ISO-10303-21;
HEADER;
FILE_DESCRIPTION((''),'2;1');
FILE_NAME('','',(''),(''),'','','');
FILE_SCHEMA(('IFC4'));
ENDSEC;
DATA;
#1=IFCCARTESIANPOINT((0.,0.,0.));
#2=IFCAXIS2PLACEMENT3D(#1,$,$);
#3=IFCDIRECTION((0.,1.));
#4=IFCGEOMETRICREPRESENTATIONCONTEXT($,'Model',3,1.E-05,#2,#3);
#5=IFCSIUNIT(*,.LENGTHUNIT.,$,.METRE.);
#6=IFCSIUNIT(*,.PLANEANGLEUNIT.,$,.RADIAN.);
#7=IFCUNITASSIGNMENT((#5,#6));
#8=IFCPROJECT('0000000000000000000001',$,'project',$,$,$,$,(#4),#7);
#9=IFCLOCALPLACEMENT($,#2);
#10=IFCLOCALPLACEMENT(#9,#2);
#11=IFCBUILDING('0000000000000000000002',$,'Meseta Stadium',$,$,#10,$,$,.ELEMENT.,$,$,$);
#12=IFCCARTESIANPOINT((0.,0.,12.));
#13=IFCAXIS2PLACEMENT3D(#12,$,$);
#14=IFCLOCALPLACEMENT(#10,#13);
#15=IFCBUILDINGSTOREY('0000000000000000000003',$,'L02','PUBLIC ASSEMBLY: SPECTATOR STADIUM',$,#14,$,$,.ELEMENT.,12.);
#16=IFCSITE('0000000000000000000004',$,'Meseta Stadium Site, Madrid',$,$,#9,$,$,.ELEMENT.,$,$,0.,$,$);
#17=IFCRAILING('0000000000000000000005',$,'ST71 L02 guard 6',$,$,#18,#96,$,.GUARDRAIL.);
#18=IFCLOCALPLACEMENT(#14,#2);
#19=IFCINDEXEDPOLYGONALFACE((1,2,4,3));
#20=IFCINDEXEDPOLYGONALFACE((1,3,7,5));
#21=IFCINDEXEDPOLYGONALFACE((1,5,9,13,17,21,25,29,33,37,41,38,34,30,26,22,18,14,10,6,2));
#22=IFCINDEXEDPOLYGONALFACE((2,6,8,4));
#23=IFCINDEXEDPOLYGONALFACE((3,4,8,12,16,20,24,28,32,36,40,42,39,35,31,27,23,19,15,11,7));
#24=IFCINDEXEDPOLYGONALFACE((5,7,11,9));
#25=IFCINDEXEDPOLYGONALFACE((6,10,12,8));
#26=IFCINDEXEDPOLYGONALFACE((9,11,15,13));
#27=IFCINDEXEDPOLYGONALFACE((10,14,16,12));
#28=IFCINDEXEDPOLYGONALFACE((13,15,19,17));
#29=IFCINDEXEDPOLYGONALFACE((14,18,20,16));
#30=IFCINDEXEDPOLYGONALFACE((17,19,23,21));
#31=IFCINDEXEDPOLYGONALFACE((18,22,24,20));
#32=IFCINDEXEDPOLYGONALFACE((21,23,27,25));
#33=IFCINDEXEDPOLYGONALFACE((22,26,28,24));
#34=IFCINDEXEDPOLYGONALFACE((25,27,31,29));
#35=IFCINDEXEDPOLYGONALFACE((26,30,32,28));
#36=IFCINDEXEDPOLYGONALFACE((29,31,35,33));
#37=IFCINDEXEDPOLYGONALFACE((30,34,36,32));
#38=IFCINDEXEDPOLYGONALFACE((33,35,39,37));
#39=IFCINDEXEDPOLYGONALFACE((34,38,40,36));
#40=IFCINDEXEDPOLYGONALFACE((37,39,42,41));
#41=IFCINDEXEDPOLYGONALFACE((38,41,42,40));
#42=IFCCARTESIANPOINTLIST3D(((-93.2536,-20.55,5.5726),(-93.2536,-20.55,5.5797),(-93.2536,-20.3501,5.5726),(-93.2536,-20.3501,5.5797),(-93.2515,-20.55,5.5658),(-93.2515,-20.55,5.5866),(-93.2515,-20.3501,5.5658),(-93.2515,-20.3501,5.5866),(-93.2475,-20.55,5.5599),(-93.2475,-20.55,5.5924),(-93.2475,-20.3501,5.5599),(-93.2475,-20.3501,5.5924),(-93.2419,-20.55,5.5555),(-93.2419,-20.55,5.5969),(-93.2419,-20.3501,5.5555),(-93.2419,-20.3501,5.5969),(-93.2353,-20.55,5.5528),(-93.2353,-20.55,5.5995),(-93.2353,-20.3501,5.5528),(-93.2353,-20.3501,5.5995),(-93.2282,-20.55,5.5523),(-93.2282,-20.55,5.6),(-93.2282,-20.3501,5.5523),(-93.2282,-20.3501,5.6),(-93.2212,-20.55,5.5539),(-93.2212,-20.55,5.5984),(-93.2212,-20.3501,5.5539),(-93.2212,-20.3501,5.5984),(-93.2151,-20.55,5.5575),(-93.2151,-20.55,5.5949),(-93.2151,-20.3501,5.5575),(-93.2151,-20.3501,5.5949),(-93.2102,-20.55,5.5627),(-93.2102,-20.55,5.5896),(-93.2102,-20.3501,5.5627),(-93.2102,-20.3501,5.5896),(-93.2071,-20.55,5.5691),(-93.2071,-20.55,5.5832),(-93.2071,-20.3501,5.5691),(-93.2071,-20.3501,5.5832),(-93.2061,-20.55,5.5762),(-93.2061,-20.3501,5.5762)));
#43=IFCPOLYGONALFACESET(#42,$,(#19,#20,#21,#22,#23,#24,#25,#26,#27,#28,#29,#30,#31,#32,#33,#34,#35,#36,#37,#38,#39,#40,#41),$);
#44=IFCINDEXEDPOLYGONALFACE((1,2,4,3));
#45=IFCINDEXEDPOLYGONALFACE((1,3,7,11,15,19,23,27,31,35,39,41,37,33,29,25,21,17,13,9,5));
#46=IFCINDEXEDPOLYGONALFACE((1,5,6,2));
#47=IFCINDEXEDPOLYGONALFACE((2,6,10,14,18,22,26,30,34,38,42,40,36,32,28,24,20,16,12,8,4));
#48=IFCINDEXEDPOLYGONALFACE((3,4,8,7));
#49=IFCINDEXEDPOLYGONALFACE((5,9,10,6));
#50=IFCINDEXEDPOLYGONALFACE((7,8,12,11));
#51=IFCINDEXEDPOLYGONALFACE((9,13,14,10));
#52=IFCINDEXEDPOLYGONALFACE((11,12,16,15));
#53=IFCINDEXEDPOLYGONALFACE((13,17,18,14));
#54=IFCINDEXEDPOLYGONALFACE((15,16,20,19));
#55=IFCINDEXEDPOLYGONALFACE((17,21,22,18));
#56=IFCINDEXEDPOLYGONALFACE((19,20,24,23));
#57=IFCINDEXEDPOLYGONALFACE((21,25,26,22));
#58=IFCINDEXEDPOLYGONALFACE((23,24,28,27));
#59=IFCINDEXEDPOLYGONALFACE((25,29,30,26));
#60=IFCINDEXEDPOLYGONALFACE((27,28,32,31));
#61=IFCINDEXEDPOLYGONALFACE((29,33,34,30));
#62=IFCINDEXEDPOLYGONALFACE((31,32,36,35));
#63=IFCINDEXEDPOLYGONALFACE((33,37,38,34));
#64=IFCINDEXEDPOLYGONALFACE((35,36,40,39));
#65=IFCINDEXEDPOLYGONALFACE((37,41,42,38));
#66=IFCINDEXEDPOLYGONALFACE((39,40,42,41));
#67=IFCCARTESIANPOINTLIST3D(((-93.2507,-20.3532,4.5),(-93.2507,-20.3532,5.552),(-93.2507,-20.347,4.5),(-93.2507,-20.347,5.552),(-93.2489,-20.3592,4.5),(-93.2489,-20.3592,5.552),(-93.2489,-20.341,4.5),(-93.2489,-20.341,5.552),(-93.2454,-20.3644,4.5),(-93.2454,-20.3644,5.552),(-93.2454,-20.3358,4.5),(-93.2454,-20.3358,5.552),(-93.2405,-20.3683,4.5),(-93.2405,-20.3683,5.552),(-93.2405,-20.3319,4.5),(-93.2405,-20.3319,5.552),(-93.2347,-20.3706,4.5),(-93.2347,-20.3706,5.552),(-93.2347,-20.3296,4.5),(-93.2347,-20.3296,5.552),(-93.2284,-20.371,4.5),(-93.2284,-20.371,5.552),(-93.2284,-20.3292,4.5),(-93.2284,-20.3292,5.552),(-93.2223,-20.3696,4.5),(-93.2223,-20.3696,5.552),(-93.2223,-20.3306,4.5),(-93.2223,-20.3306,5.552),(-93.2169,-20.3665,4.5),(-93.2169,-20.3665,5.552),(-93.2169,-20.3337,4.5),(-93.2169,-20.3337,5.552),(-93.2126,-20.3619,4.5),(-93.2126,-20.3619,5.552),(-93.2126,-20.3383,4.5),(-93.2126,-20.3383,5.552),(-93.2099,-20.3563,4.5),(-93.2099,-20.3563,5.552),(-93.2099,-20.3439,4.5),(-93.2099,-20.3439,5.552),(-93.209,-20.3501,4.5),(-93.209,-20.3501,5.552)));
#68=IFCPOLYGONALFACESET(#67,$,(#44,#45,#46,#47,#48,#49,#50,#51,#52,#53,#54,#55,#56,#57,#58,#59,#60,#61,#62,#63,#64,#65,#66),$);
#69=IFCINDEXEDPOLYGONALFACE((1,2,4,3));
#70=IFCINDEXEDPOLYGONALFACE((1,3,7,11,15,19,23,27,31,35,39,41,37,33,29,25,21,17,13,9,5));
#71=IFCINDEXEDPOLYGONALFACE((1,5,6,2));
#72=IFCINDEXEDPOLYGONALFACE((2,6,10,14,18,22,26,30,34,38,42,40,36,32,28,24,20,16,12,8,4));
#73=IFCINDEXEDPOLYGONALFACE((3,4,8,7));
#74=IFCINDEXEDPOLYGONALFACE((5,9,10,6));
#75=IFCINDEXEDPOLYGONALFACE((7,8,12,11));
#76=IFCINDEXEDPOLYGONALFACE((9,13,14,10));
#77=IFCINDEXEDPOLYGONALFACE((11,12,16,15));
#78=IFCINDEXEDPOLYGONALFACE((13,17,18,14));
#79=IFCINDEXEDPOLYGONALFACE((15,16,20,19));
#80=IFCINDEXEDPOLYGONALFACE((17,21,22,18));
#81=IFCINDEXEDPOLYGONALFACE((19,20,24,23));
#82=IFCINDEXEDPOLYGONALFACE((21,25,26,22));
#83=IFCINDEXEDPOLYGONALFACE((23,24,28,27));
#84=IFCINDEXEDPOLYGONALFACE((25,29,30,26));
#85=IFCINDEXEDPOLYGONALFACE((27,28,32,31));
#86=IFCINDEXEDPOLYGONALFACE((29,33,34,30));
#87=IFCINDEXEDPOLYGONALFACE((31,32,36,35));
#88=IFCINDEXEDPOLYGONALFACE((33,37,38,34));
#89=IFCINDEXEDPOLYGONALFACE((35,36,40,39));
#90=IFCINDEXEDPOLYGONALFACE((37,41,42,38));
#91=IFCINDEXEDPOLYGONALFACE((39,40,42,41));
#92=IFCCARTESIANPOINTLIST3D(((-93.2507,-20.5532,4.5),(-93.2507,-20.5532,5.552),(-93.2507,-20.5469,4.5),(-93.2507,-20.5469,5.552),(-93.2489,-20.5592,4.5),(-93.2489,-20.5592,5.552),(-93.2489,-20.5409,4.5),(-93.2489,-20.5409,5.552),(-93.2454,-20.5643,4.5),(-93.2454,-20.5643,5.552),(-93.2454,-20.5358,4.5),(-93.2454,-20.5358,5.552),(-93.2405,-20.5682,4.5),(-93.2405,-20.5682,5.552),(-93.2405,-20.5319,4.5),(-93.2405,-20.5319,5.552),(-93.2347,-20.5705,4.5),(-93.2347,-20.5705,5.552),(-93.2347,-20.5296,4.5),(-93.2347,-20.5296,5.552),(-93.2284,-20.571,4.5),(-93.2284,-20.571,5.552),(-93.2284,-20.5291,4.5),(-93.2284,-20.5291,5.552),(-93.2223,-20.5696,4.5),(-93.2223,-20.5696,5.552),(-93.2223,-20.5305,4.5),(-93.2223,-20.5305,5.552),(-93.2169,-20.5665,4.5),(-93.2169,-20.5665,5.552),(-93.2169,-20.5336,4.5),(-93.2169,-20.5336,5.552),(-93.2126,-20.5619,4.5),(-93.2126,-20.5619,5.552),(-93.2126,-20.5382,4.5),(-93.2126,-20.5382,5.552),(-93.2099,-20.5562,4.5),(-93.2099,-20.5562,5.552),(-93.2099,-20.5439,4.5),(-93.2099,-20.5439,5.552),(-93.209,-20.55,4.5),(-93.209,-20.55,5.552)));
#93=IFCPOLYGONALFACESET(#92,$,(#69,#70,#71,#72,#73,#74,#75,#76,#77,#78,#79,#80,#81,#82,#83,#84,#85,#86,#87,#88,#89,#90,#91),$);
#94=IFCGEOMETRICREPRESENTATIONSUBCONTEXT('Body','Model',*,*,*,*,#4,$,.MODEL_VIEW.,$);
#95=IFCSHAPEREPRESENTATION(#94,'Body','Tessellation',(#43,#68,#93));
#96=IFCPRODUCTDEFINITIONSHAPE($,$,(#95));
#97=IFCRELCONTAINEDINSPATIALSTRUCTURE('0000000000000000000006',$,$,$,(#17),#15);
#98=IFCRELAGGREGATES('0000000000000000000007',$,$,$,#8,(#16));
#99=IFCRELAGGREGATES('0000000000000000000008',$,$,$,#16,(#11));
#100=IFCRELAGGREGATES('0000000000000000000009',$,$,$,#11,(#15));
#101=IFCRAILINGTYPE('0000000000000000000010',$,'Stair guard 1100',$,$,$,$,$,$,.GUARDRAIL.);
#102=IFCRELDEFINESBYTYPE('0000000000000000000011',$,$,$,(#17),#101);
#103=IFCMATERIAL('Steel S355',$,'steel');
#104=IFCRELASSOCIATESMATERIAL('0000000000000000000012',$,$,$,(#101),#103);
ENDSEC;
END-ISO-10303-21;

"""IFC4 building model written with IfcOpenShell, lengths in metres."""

from ifc_helpers import new_model, si_unit, direction, frame, origin, origin_2d, place, context, subcontext, project, spatial, circle, extrude, material, type_object, element, save


model = new_model("IFC4")

# Units and contexts
model_context = context("Model", 3, precision=1e-05, world=origin(), true_north=direction((0.0, 1.0)))
body_context = subcontext(model_context, "Body", "Model", "MODEL_VIEW")
ifc_project = project(units=[si_unit("LENGTHUNIT", "METRE"), si_unit("PLANEANGLEUNIT", "RADIAN")], contexts=[model_context])

# Site, building, storey
site_placement = place(None, origin())
site = spatial("IfcSite", under=ifc_project, at=site_placement, Name="Meseta Stadium Site, Madrid", CompositionType="ELEMENT", RefElevation=0.0)
building_placement = place(site_placement, origin())
building = spatial("IfcBuilding", under=site, at=building_placement, Name="Meseta Stadium", CompositionType="ELEMENT")
storey_placement = place(building_placement, frame((0.0, 0.0, 12.0)))
storey = spatial("IfcBuildingStorey", under=building, at=storey_placement, Name="L02", Description="PUBLIC ASSEMBLY: SPECTATOR STADIUM", CompositionType="ELEMENT", Elevation=12.0)

# Railing
ifc_material_1 = material(Name="Steel S355", Category="steel")
railing_type_1 = type_object("IfcRailingType", Name="Stair guard 1100", PredefinedType="GUARDRAIL", material=ifc_material_1)
railing_1_placement = place(storey_placement, frame((-93.23, -20.3501, 4.5)))
element("IfcRailing", 1, at=railing_1_placement, inside=storey, type_object=railing_type_1, Name="ST71 L02 guard 6", PredefinedType="GUARDRAIL", context=body_context, shape_type="SweptSolid", body=[
    extrude(circle(Radius=0.0239, at=origin_2d()), frame((0.0, 0.0, 1.0762), z_axis=(0.0, -1.0, 0.0), x_axis=(1.0, 0.0, 0.0)), (0.0, 0.0, 1.0), 0.2),
    extrude(circle(Radius=0.021, at=origin_2d()), origin(), (0.0, 0.0, 1.0), 1.052),
    extrude(circle(Radius=0.021, at=origin_2d()), frame((0.0, -0.2, 0.0)), (0.0, 0.0, 1.0), 1.052),
])

save(model, "model.ifc")
